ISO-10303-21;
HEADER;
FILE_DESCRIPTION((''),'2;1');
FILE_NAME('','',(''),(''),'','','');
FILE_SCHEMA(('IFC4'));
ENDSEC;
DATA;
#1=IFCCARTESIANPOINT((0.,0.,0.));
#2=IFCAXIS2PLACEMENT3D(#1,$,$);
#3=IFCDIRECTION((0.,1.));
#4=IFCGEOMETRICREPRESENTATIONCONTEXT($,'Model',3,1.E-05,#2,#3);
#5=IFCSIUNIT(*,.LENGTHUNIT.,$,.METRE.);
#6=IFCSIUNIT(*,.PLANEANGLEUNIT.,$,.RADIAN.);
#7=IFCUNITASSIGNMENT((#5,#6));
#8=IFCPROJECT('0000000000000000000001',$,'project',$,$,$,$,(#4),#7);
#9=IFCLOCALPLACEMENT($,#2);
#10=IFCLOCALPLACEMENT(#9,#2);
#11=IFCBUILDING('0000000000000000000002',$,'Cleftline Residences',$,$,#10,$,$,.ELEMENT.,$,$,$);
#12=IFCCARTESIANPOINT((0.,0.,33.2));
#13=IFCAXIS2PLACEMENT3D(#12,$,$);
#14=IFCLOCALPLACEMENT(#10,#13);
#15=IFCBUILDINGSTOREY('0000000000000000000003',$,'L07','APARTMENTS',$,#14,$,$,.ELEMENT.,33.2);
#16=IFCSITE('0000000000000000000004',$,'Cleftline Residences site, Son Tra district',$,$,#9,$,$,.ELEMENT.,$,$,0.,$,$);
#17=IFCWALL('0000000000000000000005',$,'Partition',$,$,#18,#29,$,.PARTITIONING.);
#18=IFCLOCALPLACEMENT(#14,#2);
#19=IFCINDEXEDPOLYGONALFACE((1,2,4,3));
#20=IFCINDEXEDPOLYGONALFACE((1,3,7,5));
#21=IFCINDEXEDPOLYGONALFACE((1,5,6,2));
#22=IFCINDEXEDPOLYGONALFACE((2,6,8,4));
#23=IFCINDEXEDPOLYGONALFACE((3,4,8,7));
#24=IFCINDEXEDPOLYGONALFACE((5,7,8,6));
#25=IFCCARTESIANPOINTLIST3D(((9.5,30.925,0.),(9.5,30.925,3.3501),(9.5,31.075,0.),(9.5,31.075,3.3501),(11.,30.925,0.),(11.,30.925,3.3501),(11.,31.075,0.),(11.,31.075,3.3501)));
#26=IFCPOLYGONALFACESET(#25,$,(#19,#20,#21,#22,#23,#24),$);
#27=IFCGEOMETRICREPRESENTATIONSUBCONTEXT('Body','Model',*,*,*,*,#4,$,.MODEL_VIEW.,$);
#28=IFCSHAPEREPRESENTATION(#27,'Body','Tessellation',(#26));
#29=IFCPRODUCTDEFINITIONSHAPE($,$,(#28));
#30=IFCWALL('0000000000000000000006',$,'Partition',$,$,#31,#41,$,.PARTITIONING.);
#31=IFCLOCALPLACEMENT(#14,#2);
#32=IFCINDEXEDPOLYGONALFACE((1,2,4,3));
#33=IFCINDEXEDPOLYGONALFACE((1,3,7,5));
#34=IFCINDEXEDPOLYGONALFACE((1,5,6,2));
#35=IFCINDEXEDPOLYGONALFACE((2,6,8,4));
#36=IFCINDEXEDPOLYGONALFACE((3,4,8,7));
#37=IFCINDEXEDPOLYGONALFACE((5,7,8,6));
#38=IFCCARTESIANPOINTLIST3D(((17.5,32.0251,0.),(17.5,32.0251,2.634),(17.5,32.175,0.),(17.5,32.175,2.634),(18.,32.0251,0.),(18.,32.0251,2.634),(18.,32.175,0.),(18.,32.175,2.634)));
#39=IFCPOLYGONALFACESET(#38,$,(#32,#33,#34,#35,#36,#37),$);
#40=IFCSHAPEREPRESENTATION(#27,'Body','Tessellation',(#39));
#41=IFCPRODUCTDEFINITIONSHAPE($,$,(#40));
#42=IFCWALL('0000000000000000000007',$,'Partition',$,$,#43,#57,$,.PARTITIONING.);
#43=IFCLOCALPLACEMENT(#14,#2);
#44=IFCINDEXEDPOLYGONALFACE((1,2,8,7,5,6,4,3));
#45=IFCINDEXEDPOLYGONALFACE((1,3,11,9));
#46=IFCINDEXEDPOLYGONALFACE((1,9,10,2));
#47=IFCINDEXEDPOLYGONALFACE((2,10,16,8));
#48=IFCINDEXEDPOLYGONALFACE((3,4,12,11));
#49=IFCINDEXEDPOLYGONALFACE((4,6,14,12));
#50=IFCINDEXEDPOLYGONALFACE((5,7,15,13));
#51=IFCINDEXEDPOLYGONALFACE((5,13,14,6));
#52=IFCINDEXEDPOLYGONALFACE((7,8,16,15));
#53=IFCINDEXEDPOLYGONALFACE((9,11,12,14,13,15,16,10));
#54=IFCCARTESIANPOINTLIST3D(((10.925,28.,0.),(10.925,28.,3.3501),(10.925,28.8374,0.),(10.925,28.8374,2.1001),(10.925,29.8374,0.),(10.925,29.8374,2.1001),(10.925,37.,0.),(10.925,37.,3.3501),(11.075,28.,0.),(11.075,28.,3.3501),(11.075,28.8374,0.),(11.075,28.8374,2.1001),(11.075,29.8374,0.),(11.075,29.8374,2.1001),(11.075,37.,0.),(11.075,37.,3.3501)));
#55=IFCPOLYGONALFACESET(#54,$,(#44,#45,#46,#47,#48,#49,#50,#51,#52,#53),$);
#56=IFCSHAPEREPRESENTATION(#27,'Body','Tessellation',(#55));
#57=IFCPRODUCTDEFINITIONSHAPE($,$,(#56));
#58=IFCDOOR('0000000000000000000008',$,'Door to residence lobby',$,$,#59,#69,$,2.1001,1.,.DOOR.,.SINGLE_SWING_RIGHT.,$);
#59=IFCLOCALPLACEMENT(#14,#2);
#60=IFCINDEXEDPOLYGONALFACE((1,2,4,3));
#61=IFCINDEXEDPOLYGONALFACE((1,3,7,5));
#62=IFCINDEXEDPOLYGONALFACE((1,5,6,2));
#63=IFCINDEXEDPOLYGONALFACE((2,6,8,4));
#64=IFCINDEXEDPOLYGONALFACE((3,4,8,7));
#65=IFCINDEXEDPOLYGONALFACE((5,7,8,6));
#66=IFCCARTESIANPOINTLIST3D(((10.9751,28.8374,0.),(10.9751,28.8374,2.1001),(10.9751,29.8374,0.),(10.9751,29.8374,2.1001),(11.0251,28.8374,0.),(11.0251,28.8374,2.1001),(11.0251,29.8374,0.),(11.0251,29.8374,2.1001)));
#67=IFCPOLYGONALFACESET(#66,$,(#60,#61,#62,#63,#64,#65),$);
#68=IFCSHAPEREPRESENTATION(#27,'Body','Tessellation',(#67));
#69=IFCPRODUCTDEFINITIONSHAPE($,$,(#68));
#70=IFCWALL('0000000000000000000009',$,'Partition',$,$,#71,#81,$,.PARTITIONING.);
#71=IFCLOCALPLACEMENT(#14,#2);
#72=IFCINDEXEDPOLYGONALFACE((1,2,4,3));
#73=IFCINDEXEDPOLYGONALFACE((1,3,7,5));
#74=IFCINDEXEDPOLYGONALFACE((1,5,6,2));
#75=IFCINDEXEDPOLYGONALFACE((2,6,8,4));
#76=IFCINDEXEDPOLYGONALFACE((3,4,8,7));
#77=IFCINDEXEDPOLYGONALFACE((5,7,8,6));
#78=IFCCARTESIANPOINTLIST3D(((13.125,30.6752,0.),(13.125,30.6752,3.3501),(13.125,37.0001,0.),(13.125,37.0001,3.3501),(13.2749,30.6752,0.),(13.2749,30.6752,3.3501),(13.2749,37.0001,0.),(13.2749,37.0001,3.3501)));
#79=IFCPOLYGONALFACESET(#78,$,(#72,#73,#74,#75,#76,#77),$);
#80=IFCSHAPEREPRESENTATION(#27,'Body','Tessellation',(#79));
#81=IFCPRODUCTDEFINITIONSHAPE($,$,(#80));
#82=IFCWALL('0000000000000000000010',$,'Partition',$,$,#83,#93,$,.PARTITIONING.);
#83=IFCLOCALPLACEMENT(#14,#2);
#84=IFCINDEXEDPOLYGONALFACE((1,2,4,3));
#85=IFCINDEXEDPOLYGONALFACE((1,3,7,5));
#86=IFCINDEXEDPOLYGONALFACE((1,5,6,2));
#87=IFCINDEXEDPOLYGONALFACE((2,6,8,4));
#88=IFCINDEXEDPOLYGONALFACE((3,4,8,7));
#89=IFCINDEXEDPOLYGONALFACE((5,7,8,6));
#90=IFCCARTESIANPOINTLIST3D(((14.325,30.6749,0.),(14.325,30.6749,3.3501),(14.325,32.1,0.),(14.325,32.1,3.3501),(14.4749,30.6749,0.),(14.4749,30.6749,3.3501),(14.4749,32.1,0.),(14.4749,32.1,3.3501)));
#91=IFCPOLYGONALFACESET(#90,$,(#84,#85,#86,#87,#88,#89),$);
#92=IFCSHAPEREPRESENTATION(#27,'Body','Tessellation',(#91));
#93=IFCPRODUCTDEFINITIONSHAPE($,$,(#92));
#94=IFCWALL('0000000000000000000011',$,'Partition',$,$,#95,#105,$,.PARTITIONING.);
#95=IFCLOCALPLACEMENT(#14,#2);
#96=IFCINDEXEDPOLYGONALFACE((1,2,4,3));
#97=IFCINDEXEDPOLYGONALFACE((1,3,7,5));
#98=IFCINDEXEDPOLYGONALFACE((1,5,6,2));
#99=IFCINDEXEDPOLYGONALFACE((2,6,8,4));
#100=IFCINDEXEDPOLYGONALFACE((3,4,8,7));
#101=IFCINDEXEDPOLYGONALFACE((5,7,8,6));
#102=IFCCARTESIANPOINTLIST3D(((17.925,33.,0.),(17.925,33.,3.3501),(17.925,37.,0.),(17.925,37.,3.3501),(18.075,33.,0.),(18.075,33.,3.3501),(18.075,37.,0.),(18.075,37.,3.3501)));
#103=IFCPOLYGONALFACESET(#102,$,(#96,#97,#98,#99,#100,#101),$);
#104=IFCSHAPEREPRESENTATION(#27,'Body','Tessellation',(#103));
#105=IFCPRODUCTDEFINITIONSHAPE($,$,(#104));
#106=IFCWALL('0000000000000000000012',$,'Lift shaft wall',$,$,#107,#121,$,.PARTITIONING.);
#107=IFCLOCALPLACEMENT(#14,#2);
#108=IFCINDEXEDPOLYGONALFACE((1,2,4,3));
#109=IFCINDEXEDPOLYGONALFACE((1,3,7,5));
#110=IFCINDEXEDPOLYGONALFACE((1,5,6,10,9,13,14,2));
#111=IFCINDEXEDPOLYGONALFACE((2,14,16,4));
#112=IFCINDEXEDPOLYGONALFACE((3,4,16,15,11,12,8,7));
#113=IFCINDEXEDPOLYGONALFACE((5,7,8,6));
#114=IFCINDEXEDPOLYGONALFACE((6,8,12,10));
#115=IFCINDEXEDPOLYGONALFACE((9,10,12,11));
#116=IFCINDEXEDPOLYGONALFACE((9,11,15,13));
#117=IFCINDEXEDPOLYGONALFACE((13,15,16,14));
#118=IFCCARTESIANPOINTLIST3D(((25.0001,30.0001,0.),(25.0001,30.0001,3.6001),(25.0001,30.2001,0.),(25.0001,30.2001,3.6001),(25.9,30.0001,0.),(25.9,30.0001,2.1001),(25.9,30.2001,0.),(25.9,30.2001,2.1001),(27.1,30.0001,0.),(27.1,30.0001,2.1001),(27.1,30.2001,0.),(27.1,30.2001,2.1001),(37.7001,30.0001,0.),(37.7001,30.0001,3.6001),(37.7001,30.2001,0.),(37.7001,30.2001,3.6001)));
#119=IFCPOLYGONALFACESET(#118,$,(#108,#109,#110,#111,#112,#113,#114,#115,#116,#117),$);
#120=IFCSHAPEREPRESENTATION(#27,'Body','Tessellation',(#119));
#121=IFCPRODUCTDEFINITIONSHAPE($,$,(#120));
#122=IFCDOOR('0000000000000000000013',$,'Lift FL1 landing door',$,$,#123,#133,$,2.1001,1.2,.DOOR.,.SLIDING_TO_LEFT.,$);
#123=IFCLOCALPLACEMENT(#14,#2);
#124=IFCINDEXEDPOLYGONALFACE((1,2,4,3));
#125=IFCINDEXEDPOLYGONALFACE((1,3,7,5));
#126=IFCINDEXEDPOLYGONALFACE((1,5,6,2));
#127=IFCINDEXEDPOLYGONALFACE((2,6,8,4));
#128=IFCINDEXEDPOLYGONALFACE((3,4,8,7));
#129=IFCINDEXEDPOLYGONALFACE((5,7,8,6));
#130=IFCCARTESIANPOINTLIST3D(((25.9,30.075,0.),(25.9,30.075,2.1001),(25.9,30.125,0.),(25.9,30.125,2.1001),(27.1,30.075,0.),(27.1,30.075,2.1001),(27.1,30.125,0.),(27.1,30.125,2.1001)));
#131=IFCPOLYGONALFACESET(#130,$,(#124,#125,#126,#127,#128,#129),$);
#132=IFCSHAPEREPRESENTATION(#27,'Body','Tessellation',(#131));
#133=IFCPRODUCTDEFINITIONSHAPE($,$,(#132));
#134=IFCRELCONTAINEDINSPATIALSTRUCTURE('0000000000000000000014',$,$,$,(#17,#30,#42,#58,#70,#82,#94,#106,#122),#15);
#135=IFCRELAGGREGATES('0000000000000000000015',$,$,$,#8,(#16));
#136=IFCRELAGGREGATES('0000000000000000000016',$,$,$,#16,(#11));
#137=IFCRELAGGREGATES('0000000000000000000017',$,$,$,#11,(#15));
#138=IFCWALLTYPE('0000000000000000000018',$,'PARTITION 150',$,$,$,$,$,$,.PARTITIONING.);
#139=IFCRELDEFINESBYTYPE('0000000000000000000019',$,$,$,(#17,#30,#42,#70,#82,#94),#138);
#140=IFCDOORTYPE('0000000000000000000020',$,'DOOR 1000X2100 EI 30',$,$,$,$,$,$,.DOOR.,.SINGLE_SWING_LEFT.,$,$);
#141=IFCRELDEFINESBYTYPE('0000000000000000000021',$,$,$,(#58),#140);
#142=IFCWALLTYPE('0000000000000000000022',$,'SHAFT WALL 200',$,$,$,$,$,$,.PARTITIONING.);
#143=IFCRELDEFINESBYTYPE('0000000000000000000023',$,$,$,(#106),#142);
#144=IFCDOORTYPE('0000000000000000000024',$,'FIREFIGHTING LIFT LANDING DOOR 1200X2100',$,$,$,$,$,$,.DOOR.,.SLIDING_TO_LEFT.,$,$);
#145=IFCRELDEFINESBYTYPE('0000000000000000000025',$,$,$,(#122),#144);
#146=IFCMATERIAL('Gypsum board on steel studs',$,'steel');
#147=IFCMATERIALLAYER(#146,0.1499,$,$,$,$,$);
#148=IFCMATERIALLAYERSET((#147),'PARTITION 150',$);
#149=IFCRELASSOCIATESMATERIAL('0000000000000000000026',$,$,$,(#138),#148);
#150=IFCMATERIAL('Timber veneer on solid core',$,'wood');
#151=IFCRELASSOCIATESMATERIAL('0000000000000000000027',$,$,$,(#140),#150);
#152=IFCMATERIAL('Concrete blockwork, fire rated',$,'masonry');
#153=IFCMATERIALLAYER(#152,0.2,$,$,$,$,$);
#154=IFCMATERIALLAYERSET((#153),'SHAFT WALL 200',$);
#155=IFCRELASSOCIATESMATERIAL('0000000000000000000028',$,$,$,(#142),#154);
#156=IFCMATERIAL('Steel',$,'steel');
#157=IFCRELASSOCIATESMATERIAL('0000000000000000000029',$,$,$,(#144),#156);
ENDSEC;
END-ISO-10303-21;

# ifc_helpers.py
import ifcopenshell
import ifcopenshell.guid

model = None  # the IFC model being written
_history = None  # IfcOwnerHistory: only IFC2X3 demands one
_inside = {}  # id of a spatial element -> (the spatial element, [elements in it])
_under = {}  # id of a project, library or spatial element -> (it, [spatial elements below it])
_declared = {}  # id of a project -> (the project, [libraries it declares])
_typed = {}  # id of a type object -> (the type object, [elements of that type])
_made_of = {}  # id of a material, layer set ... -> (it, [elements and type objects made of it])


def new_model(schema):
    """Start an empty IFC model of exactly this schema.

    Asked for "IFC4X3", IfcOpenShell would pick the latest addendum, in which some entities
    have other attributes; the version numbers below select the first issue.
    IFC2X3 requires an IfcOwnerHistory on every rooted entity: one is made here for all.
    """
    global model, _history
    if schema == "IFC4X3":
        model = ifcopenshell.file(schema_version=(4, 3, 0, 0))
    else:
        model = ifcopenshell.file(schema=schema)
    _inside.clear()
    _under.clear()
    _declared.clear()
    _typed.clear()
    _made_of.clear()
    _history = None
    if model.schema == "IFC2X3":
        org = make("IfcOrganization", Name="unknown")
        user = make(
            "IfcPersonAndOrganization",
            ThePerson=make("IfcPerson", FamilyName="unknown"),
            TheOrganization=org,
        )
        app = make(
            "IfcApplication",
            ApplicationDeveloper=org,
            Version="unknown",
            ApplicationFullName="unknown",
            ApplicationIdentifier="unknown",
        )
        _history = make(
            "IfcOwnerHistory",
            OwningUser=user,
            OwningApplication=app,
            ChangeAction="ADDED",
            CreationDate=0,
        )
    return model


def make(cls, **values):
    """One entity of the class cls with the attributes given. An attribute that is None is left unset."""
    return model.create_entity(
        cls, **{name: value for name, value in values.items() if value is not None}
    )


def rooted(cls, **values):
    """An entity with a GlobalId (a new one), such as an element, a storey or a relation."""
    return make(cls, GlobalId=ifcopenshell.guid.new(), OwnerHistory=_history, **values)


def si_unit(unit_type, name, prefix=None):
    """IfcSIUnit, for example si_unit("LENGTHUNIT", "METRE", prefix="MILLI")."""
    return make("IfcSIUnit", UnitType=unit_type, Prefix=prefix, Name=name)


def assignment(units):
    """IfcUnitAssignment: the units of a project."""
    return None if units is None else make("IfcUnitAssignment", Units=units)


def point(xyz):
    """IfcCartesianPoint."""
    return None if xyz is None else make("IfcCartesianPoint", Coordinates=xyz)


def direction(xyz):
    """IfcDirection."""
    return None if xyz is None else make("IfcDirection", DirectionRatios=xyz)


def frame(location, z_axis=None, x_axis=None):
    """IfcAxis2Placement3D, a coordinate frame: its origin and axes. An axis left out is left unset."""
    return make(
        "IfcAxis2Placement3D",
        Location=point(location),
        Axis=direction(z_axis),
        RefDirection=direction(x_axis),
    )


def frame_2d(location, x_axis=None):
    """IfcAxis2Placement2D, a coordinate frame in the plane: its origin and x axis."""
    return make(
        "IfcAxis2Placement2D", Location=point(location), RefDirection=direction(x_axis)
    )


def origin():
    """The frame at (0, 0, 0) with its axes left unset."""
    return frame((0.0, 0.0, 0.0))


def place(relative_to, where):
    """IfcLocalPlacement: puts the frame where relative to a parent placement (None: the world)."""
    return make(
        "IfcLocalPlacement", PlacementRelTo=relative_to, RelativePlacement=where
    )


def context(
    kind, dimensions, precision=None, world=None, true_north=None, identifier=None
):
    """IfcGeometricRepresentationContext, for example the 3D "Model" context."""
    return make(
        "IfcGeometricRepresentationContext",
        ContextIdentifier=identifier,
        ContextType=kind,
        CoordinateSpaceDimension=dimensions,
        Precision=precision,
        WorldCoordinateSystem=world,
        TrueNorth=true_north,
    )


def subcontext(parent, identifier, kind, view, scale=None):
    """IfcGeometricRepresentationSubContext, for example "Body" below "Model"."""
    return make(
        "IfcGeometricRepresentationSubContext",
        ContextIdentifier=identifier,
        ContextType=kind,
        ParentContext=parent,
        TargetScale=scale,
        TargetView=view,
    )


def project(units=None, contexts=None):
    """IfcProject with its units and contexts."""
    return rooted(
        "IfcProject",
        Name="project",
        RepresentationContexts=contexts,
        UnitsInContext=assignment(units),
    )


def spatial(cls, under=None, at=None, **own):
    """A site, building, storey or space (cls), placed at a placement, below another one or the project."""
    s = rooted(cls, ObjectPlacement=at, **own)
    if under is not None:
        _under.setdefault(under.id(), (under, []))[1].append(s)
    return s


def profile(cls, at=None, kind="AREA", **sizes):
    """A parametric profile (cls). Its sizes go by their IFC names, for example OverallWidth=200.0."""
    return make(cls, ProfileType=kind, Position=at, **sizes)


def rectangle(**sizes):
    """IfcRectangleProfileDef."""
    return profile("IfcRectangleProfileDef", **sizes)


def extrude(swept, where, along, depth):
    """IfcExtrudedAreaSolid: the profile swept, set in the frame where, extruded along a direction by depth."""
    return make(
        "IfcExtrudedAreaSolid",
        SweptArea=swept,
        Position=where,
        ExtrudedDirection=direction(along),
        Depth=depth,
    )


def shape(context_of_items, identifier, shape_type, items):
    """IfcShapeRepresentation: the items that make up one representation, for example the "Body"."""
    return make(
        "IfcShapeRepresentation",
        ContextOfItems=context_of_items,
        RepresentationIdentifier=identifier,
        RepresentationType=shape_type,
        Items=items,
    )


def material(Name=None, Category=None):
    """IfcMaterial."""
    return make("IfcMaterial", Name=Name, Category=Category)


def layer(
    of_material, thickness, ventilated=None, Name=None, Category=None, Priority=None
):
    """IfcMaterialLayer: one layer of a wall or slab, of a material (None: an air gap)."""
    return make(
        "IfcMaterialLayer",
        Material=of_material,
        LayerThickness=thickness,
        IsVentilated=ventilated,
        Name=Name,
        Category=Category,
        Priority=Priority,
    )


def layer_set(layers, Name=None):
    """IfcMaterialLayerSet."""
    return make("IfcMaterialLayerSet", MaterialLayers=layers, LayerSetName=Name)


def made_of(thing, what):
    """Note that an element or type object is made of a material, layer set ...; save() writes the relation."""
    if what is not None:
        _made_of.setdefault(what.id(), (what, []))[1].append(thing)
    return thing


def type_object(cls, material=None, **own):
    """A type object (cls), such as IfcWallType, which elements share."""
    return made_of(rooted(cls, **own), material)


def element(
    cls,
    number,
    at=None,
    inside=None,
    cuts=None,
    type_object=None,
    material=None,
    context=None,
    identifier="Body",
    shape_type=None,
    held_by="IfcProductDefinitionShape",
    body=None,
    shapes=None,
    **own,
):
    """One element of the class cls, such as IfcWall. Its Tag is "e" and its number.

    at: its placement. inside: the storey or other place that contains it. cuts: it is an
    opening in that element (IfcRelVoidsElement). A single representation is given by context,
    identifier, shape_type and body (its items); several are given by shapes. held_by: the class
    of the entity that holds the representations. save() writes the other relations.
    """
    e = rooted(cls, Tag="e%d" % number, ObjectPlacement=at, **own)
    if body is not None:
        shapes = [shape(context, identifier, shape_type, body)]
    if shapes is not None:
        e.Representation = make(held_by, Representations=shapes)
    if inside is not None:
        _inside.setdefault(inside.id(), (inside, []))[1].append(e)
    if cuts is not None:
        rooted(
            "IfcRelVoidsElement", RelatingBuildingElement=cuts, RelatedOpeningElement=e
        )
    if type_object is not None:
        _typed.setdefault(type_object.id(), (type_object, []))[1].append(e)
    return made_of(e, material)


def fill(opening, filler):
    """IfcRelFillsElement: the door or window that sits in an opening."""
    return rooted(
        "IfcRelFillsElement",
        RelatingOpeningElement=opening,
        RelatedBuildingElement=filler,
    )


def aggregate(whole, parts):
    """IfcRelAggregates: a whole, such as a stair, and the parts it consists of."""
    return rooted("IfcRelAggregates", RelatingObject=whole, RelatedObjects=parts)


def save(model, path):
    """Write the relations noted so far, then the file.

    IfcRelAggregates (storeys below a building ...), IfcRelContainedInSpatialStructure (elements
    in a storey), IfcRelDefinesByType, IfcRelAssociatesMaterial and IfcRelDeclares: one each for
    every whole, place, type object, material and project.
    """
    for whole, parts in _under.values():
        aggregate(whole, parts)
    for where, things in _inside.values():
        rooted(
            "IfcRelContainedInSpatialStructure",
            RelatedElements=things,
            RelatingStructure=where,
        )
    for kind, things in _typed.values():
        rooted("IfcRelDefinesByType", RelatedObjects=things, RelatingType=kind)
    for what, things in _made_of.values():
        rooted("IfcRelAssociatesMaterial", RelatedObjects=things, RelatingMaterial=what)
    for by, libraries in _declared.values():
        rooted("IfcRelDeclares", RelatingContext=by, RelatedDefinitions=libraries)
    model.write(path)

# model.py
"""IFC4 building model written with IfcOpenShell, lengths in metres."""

from ifc_helpers import new_model, si_unit, direction, frame, frame_2d, origin, place, context, subcontext, project, spatial, rectangle, extrude, material, layer, layer_set, type_object, element, fill, save


model = new_model("IFC4")

# Units and contexts
model_context = context("Model", 3, precision=1e-05, world=origin(), true_north=direction((0.0, 1.0)))
body_context = subcontext(model_context, "Body", "Model", "MODEL_VIEW")
ifc_project = project(units=[si_unit("LENGTHUNIT", "METRE"), si_unit("PLANEANGLEUNIT", "RADIAN")], contexts=[model_context])

# Site, building, storey
site_placement = place(None, origin())
site = spatial("IfcSite", under=ifc_project, at=site_placement, Name="Cleftline Residences site, Son Tra district", CompositionType="ELEMENT", RefElevation=0.0)
building_placement = place(site_placement, origin())
building = spatial("IfcBuilding", under=site, at=building_placement, Name="Cleftline Residences", CompositionType="ELEMENT")
storey_placement = place(building_placement, frame((0.0, 0.0, 33.2)))
storey = spatial("IfcBuildingStorey", under=building, at=storey_placement, Name="L07", Description="APARTMENTS", CompositionType="ELEMENT", Elevation=33.2)

# Shared definitions
ifc_material_1 = material(Name="Gypsum board on steel studs", Category="steel")
ifc_layer_1 = layer(ifc_material_1, 0.1499)
ifc_layer_set_1 = layer_set([ifc_layer_1], Name="PARTITION 150")
wall_type_1 = type_object("IfcWallType", Name="PARTITION 150", PredefinedType="PARTITIONING", material=ifc_layer_set_1)

# Walls
wall_1_placement = place(storey_placement, frame((9.5, 31.0, 0.0), z_axis=(0.0, 0.0, 1.0), x_axis=(1.0, 0.0, 0.0)))
element("IfcWall", 1, at=wall_1_placement, inside=storey, type_object=wall_type_1, Name="Partition", PredefinedType="PARTITIONING", context=body_context, shape_type="SweptSolid", body=[
    extrude(rectangle(XDim=1.5, YDim=0.1499, at=frame_2d((0.75, 0.0))), origin(), (0.0, 0.0, 1.0), 3.3501),
])
wall_2_placement = place(storey_placement, frame((17.5, 32.1001, 0.0), z_axis=(0.0, 0.0, 1.0), x_axis=(1.0, 0.0, 0.0)))
element("IfcWall", 2, at=wall_2_placement, inside=storey, type_object=wall_type_1, Name="Partition", PredefinedType="PARTITIONING", context=body_context, shape_type="SweptSolid", body=[
    extrude(rectangle(XDim=0.5, YDim=0.1499, at=frame_2d((0.25, 0.0))), origin(), (0.0, 0.0, 1.0), 2.634),
])

# Wall, opening, door
wall_3_placement = place(storey_placement, frame((11.0, 28.0, 0.0), z_axis=(0.0, 0.0, 1.0), x_axis=(0.0, 1.0, 0.0)))
wall_3 = element("IfcWall", 3, at=wall_3_placement, inside=storey, type_object=wall_type_1, Name="Partition", PredefinedType="PARTITIONING", context=body_context, shape_type="SweptSolid", body=[
    extrude(rectangle(XDim=9.0, YDim=0.1499, at=frame_2d((4.5, 0.0))), origin(), (0.0, 0.0, 1.0), 3.3501),
])
opening_1_placement = place(wall_3_placement, frame((0.8374, 0.0, 0.0)))
opening_1 = element("IfcOpeningElement", 4, at=opening_1_placement, cuts=wall_3, PredefinedType="OPENING", context=body_context, shape_type="SweptSolid", body=[
    extrude(rectangle(XDim=1.0, YDim=2.1001, at=frame_2d((0.5, 1.05))), frame((0.0, 0.085, 0.0), z_axis=(0.0, -1.0, 0.0), x_axis=(1.0, 0.0, 0.0)), (0.0, 0.0, 1.0), 0.1699),
])
ifc_material_2 = material(Name="Timber veneer on solid core", Category="wood")
door_type_1 = type_object("IfcDoorType", Name="DOOR 1000X2100 EI 30", OperationType="SINGLE_SWING_LEFT", PredefinedType="DOOR", material=ifc_material_2)
door_1_placement = place(opening_1_placement, origin())
door_1 = element("IfcDoor", 5, at=door_1_placement, inside=storey, type_object=door_type_1, Name="Door to residence lobby", OperationType="SINGLE_SWING_RIGHT", OverallHeight=2.1001, OverallWidth=1.0, PredefinedType="DOOR", context=body_context, shape_type="SweptSolid", body=[
    extrude(rectangle(XDim=1.0, YDim=2.1001, at=frame_2d((0.5, 1.05))), frame((0.0, 0.0249, 0.0), z_axis=(0.0, -1.0, 0.0), x_axis=(1.0, 0.0, 0.0)), (0.0, 0.0, 1.0), 0.05),
])
fill(opening_1, door_1)

# Walls
wall_4_placement = place(storey_placement, frame((13.2, 30.675, 0.0), z_axis=(0.0, 0.0, 1.0), x_axis=(0.0, 1.0, 0.0)))
element("IfcWall", 6, at=wall_4_placement, inside=storey, type_object=wall_type_1, Name="Partition", PredefinedType="PARTITIONING", context=body_context, shape_type="SweptSolid", body=[
    extrude(rectangle(XDim=6.325, YDim=0.1499, at=frame_2d((3.1626, 0.0))), origin(), (0.0, 0.0, 1.0), 3.3501),
])
wall_5_placement = place(storey_placement, frame((14.3999, 30.675, 0.0), z_axis=(0.0, 0.0, 1.0), x_axis=(0.0, 1.0, 0.0)))
element("IfcWall", 7, at=wall_5_placement, inside=storey, type_object=wall_type_1, Name="Partition", PredefinedType="PARTITIONING", context=body_context, shape_type="SweptSolid", body=[
    extrude(rectangle(XDim=1.425, YDim=0.1499, at=frame_2d((0.7124, 0.0))), origin(), (0.0, 0.0, 1.0), 3.3501),
])
wall_6_placement = place(storey_placement, frame((18.0, 33.0, 0.0), z_axis=(0.0, 0.0, 1.0), x_axis=(0.0, 1.0, 0.0)))
element("IfcWall", 8, at=wall_6_placement, inside=storey, type_object=wall_type_1, Name="Partition", PredefinedType="PARTITIONING", context=body_context, shape_type="SweptSolid", body=[
    extrude(rectangle(XDim=4.0, YDim=0.1499, at=frame_2d((2.0, 0.0))), origin(), (0.0, 0.0, 1.0), 3.3501),
])

# Wall, opening, door
ifc_material_3 = material(Name="Concrete blockwork, fire rated", Category="masonry")
ifc_layer_2 = layer(ifc_material_3, 0.2)
ifc_layer_set_2 = layer_set([ifc_layer_2], Name="SHAFT WALL 200")
wall_type_2 = type_object("IfcWallType", Name="SHAFT WALL 200", PredefinedType="PARTITIONING", material=ifc_layer_set_2)
wall_7_placement = place(storey_placement, frame((25.0, 30.1001, 0.0), z_axis=(0.0, 0.0, 1.0), x_axis=(1.0, 0.0, 0.0)))
wall_7 = element("IfcWall", 9, at=wall_7_placement, inside=storey, type_object=wall_type_2, Name="Lift shaft wall", PredefinedType="PARTITIONING", context=body_context, shape_type="SweptSolid", body=[
    extrude(rectangle(XDim=12.7, YDim=0.2, at=frame_2d((6.3501, 0.0))), origin(), (0.0, 0.0, 1.0), 3.6001),
])
opening_2_placement = place(wall_7_placement, frame((0.8999, 0.0, 0.0)))
opening_2 = element("IfcOpeningElement", 10, at=opening_2_placement, cuts=wall_7, PredefinedType="OPENING", context=body_context, shape_type="SweptSolid", body=[
    extrude(rectangle(XDim=1.2, YDim=2.1001, at=frame_2d((0.6001, 1.05))), frame((0.0, 0.1099, 0.0), z_axis=(0.0, -1.0, 0.0), x_axis=(1.0, 0.0, 0.0)), (0.0, 0.0, 1.0), 0.22),
])
ifc_material_4 = material(Name="Steel", Category="steel")
door_type_2 = type_object("IfcDoorType", Name="FIREFIGHTING LIFT LANDING DOOR 1200X2100", OperationType="SLIDING_TO_LEFT", PredefinedType="DOOR", material=ifc_material_4)
door_2_placement = place(opening_2_placement, origin())
door_2 = element("IfcDoor", 11, at=door_2_placement, inside=storey, type_object=door_type_2, Name="Lift FL1 landing door", OperationType="SLIDING_TO_LEFT", OverallHeight=2.1001, OverallWidth=1.2, PredefinedType="DOOR", context=body_context, shape_type="SweptSolid", body=[
    extrude(rectangle(XDim=1.2, YDim=2.1001, at=frame_2d((0.6001, 1.05))), frame((0.0, 0.0249, 0.0), z_axis=(0.0, -1.0, 0.0), x_axis=(1.0, 0.0, 0.0)), (0.0, 0.0, 1.0), 0.05),
])
fill(opening_2, door_2)

save(model, "model.ifc")
